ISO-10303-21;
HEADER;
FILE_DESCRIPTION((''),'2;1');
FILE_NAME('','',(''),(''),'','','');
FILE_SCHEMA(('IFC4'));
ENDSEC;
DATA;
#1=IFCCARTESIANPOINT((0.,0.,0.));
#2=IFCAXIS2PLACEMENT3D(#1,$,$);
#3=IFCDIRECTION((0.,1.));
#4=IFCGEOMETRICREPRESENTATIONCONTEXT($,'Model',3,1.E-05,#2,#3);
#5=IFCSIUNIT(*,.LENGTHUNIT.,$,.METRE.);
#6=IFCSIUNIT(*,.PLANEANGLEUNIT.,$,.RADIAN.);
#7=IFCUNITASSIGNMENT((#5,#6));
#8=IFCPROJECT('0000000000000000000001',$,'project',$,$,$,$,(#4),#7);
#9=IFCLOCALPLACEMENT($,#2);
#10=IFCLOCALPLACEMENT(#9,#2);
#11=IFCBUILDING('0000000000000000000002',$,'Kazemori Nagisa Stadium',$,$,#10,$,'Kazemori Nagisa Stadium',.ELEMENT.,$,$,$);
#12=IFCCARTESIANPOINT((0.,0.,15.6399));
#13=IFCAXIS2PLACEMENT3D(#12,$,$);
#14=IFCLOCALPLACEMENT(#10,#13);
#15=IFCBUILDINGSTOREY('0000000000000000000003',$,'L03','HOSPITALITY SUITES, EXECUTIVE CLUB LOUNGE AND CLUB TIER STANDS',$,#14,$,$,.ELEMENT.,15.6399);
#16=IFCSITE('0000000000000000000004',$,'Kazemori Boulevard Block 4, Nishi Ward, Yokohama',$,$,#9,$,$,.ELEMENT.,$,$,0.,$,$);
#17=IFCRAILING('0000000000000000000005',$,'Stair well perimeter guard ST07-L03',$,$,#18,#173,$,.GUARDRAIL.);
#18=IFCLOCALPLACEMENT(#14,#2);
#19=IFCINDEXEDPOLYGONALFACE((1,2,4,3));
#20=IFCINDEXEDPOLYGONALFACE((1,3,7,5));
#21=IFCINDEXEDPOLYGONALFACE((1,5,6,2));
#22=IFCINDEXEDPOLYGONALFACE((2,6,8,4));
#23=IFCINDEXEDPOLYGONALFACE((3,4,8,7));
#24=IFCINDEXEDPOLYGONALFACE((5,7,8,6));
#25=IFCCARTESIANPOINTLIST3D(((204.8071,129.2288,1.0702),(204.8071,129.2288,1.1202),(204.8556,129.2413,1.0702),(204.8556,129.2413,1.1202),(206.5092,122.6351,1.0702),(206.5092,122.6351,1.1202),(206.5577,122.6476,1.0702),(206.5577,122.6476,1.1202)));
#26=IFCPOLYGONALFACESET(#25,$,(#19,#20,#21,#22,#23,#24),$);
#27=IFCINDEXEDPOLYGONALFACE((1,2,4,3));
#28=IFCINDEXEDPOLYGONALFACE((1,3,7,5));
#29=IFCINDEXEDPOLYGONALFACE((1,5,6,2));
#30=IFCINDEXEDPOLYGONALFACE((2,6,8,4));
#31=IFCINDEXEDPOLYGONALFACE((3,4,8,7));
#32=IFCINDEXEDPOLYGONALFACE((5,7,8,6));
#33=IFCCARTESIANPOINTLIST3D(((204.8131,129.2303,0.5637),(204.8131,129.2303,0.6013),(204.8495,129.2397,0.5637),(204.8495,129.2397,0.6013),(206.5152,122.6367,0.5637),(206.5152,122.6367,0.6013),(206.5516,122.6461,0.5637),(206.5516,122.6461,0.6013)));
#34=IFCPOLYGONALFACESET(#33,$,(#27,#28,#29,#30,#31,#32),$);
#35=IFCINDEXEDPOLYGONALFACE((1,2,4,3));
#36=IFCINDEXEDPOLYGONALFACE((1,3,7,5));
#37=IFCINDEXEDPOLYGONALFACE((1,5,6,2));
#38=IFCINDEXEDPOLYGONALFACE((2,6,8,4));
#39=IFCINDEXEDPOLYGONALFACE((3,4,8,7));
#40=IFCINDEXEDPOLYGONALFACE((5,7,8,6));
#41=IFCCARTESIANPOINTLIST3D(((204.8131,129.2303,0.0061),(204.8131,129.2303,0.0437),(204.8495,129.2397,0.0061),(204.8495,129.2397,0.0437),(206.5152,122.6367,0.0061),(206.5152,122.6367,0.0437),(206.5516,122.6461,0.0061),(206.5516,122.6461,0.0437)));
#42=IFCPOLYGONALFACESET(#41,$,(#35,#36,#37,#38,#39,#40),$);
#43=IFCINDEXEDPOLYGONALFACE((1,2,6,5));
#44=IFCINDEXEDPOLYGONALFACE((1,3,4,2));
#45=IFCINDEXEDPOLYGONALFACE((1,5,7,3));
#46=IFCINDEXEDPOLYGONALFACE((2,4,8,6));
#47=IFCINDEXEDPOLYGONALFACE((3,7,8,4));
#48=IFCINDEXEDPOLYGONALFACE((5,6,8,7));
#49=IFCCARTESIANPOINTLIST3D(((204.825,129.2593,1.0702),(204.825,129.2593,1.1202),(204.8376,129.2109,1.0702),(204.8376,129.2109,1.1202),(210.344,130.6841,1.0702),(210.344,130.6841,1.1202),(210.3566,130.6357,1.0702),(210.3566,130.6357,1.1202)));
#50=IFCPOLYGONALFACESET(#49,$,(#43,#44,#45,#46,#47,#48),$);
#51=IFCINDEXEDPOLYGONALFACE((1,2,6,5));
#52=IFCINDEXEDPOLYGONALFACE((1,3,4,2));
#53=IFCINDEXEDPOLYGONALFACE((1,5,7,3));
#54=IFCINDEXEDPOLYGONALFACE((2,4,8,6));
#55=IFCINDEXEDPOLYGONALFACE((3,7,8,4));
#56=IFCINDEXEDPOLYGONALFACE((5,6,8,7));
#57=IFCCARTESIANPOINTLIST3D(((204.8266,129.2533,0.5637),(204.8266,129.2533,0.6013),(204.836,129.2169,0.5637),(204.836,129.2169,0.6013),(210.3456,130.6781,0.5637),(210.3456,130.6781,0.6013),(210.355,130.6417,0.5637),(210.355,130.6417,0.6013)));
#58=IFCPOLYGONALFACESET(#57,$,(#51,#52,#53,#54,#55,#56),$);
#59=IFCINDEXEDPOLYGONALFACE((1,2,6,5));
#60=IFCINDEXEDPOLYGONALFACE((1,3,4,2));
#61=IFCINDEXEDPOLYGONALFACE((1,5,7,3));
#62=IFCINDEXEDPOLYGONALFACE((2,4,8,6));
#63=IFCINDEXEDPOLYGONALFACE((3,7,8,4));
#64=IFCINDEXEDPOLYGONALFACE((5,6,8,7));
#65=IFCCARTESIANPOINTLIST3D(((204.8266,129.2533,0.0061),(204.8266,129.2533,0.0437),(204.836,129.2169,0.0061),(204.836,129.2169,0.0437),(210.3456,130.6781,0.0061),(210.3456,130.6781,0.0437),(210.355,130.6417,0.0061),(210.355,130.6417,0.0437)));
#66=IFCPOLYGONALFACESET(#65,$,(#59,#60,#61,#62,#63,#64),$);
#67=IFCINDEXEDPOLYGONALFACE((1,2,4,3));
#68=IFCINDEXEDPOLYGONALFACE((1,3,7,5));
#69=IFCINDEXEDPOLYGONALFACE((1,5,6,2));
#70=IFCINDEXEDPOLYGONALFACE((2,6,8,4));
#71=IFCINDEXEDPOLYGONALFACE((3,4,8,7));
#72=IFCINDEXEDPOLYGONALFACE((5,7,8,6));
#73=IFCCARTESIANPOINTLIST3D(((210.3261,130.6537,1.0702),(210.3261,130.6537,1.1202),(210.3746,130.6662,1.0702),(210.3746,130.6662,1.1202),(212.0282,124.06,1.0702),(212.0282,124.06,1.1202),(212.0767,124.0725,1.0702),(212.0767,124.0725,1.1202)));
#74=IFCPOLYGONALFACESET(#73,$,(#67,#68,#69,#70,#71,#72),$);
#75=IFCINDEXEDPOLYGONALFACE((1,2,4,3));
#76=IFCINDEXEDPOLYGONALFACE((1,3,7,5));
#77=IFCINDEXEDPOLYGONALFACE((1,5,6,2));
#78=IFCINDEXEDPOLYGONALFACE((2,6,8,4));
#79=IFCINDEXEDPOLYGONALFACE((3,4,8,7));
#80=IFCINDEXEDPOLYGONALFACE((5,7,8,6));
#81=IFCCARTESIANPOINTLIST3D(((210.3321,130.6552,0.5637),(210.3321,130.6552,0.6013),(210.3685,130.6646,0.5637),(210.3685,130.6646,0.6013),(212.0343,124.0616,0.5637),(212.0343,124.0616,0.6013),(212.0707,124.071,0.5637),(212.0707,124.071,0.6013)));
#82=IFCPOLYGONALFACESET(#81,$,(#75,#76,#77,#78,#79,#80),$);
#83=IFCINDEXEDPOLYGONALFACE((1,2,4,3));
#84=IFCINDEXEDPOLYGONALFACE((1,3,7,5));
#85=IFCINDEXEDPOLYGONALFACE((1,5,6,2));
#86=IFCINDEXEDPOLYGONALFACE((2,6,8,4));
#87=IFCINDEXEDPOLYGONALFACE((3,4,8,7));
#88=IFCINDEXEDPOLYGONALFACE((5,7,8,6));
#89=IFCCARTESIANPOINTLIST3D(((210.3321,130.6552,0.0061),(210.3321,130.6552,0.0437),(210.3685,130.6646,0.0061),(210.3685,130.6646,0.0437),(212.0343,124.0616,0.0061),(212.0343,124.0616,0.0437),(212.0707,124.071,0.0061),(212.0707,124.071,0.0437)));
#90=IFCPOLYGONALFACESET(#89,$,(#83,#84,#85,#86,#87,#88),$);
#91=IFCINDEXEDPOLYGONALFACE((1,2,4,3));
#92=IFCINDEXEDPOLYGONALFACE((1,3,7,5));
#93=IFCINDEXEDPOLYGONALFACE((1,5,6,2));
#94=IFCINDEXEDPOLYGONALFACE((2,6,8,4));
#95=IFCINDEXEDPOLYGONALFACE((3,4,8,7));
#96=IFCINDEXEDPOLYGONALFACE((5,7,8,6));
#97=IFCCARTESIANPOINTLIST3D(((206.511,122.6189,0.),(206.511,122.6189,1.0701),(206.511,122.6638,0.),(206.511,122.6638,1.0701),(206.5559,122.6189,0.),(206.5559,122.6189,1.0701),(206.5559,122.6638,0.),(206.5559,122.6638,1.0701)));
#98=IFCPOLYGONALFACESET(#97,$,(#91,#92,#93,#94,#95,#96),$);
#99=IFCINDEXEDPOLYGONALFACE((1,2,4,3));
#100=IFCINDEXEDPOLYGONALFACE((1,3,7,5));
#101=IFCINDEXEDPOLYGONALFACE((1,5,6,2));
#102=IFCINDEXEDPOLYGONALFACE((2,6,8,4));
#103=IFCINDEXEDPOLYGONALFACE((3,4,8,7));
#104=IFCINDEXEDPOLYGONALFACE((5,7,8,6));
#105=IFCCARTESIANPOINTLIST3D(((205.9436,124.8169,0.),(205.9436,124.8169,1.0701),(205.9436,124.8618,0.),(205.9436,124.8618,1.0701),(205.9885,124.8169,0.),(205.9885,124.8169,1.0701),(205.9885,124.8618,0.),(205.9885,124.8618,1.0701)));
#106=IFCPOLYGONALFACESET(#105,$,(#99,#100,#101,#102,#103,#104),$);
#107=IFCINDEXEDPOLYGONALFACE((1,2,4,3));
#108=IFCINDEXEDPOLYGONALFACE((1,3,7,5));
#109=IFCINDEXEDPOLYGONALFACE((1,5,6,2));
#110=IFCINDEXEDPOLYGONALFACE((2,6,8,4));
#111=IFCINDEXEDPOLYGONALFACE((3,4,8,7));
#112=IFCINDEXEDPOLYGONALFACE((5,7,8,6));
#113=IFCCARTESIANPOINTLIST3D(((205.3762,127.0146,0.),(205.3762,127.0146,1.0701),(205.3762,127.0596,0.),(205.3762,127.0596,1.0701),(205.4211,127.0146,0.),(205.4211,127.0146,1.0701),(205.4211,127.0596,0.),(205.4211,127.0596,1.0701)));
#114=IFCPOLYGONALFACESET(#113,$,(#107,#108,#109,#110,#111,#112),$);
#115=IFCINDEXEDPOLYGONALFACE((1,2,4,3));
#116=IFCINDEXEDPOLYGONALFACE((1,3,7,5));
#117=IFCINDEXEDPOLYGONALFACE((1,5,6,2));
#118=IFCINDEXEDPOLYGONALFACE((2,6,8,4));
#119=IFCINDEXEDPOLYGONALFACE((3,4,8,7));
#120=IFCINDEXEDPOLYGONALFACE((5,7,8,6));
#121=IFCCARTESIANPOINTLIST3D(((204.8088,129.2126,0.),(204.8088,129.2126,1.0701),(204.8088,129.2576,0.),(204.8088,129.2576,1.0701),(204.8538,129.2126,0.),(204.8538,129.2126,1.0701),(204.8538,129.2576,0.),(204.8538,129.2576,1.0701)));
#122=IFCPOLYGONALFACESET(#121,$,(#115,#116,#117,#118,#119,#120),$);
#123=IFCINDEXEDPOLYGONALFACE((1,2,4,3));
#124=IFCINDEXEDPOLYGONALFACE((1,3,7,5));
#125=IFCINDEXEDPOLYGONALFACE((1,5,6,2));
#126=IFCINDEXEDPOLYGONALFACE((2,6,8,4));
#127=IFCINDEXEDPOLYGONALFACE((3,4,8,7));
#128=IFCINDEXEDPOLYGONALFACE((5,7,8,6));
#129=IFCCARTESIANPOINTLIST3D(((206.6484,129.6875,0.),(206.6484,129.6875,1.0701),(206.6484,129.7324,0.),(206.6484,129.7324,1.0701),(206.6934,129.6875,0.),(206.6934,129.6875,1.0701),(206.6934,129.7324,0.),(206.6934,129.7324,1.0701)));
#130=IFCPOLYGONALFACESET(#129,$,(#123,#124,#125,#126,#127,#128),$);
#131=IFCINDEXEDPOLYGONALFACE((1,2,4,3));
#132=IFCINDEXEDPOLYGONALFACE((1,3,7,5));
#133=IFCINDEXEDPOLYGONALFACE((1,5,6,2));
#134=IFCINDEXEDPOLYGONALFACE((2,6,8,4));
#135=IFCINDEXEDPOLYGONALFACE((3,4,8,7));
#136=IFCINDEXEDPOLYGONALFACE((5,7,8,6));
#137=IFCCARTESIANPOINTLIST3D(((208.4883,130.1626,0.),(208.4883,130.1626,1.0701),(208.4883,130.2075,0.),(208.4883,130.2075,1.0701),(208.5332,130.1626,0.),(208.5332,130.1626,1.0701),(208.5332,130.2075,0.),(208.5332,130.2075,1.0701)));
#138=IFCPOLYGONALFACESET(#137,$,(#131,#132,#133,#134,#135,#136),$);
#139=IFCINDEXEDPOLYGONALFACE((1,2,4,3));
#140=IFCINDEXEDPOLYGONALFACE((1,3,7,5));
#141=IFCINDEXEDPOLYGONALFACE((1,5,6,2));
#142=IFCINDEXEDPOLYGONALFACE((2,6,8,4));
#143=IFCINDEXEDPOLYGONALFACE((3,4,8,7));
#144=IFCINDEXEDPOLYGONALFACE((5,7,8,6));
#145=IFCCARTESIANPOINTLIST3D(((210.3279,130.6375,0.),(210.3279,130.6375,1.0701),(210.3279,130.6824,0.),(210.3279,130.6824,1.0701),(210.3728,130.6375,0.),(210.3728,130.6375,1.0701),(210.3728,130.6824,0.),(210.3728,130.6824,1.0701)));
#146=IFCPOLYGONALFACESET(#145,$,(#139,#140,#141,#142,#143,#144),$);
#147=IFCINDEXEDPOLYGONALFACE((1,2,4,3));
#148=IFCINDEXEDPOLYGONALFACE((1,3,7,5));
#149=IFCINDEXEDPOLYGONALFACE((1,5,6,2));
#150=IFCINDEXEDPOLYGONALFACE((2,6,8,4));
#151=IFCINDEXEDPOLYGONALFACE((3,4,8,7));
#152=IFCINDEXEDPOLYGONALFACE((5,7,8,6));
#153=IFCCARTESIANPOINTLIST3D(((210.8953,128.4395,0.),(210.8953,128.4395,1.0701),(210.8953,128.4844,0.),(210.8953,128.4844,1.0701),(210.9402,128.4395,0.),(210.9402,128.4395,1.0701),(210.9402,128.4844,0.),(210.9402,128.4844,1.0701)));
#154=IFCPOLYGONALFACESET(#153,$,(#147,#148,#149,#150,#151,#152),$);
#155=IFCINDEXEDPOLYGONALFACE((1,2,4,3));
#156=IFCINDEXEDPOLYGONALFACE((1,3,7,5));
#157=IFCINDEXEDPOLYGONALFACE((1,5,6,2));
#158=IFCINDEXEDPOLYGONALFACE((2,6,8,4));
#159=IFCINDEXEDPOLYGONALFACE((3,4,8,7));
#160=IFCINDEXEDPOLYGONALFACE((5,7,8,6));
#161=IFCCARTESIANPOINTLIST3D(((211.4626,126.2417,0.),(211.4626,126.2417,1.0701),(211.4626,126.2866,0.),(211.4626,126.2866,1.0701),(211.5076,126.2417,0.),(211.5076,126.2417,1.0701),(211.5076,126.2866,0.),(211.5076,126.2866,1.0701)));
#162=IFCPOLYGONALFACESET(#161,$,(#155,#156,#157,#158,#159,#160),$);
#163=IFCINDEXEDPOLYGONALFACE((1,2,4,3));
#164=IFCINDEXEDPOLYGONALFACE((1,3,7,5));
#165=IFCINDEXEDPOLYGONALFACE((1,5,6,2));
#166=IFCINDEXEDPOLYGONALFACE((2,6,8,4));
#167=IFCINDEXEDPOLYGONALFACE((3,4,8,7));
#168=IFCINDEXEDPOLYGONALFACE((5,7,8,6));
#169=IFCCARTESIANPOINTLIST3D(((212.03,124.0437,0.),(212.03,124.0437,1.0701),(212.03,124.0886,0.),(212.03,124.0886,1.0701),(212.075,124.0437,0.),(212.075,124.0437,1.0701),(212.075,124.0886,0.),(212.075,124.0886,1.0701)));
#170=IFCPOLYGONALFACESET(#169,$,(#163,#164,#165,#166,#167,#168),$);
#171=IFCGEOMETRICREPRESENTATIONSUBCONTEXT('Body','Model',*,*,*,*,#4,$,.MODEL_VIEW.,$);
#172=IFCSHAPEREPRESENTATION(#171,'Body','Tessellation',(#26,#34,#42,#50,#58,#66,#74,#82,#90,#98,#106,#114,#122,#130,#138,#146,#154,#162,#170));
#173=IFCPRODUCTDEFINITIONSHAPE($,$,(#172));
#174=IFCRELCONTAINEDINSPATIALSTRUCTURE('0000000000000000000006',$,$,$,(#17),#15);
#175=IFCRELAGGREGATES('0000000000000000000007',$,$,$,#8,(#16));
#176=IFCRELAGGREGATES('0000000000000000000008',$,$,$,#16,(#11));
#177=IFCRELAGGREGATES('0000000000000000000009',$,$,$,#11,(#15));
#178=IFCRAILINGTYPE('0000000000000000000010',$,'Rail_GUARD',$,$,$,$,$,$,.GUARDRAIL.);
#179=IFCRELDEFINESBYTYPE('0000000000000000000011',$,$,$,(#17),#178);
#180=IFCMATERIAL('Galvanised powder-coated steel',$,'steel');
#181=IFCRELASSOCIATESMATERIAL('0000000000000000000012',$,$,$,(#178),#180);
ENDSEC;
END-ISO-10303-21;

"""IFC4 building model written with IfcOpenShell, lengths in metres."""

from ifc_helpers import new_model, si_unit, direction, frame, origin, origin_2d, place, context, subcontext, project, spatial, rectangle, extrude, material, type_object, element, save


model = new_model("IFC4")

# Units and contexts
model_context = context("Model", 3, precision=1e-05, world=origin(), true_north=direction((0.0, 1.0)))
body_context = subcontext(model_context, "Body", "Model", "MODEL_VIEW")
ifc_project = project(units=[si_unit("LENGTHUNIT", "METRE"), si_unit("PLANEANGLEUNIT", "RADIAN")], contexts=[model_context])

# Site, building, storey
site_placement = place(None, origin())
site = spatial("IfcSite", under=ifc_project, at=site_placement, Name="Kazemori Boulevard Block 4, Nishi Ward, Yokohama", CompositionType="ELEMENT", RefElevation=0.0)
building_placement = place(site_placement, origin())
building = spatial("IfcBuilding", under=site, at=building_placement, Name="Kazemori Nagisa Stadium", LongName="Kazemori Nagisa Stadium", CompositionType="ELEMENT")
storey_placement = place(building_placement, frame((0.0, 0.0, 15.6399)))
storey = spatial("IfcBuildingStorey", under=building, at=storey_placement, Name="L03", Description="HOSPITALITY SUITES, EXECUTIVE CLUB LOUNGE AND CLUB TIER STANDS", CompositionType="ELEMENT", Elevation=15.6399)

# Railing
ifc_material_1 = material(Name="Galvanised powder-coated steel", Category="steel")
railing_type_1 = type_object("IfcRailingType", Name="Rail_GUARD", PredefinedType="GUARDRAIL", material=ifc_material_1)
railing_1_placement = place(storey_placement, frame((206.5334, 122.6414, 0.0)))
element("IfcRailing", 1, at=railing_1_placement, inside=storey, type_object=railing_type_1, Name="Stair well perimeter guard ST07-L03", PredefinedType="GUARDRAIL", context=body_context, shape_type="SweptSolid", body=[
    extrude(rectangle(XDim=0.05, YDim=0.05, at=origin_2d()), frame((0.0, 0.0, 1.0952), z_axis=(-0.249952, 0.968258, 0.0), x_axis=(-0.968258, -0.249952, 0.0)), (0.0, 0.0, 1.0), 6.8098),
    extrude(rectangle(XDim=0.0376, YDim=0.0376, at=origin_2d()), frame((0.0, 0.0, 0.5825), z_axis=(-0.249952, 0.968258, 0.0), x_axis=(-0.968258, -0.249952, 0.0)), (0.0, 0.0, 1.0), 6.8098),
    extrude(rectangle(XDim=0.0376, YDim=0.0376, at=origin_2d()), frame((0.0, 0.0, 0.0249), z_axis=(-0.249952, 0.968258, 0.0), x_axis=(-0.968258, -0.249952, 0.0)), (0.0, 0.0, 1.0), 6.8098),
    extrude(rectangle(XDim=0.05, YDim=0.05, at=origin_2d()), frame((-1.7021, 6.5938, 1.0952), z_axis=(0.968255, 0.249966, 0.0), x_axis=(-0.249966, 0.968255, 0.0)), (0.0, 0.0, 1.0), 5.7),
    extrude(rectangle(XDim=0.0376, YDim=0.0376, at=origin_2d()), frame((-1.7021, 6.5938, 0.5825), z_axis=(0.968255, 0.249966, 0.0), x_axis=(-0.249966, 0.968255, 0.0)), (0.0, 0.0, 1.0), 5.7),
    extrude(rectangle(XDim=0.0376, YDim=0.0376, at=origin_2d()), frame((-1.7021, 6.5938, 0.0249), z_axis=(0.968255, 0.249966, 0.0), x_axis=(-0.249966, 0.968255, 0.0)), (0.0, 0.0, 1.0), 5.7),
    extrude(rectangle(XDim=0.05, YDim=0.05, at=origin_2d()), frame((3.8169, 8.0186, 1.0952), z_axis=(0.249952, -0.968258, 0.0), x_axis=(0.968258, 0.249952, 0.0)), (0.0, 0.0, 1.0), 6.8098),
    extrude(rectangle(XDim=0.0376, YDim=0.0376, at=origin_2d()), frame((3.8169, 8.0186, 0.5825), z_axis=(0.249952, -0.968258, 0.0), x_axis=(0.968258, 0.249952, 0.0)), (0.0, 0.0, 1.0), 6.8098),
    extrude(rectangle(XDim=0.0376, YDim=0.0376, at=origin_2d()), frame((3.8169, 8.0186, 0.0249), z_axis=(0.249952, -0.968258, 0.0), x_axis=(0.968258, 0.249952, 0.0)), (0.0, 0.0, 1.0), 6.8098),
    extrude(rectangle(XDim=0.0449, YDim=0.0449, at=origin_2d()), origin(), (0.0, 0.0, 1.0), 1.0701),
    extrude(rectangle(XDim=0.0449, YDim=0.0449, at=origin_2d()), frame((-0.5674, 2.198, 0.0)), (0.0, 0.0, 1.0), 1.0701),
    extrude(rectangle(XDim=0.0449, YDim=0.0449, at=origin_2d()), frame((-1.1348, 4.3958, 0.0)), (0.0, 0.0, 1.0), 1.0701),
    extrude(rectangle(XDim=0.0449, YDim=0.0449, at=origin_2d()), frame((-1.7021, 6.5938, 0.0)), (0.0, 0.0, 1.0), 1.0701),
    extrude(rectangle(XDim=0.0449, YDim=0.0449, at=origin_2d()), frame((0.1375, 7.0686, 0.0)), (0.0, 0.0, 1.0), 1.0701),
    extrude(rectangle(XDim=0.0449, YDim=0.0449, at=origin_2d()), frame((1.9773, 7.5437, 0.0)), (0.0, 0.0, 1.0), 1.0701),
    extrude(rectangle(XDim=0.0449, YDim=0.0449, at=origin_2d()), frame((3.8169, 8.0186, 0.0)), (0.0, 0.0, 1.0), 1.0701),
    extrude(rectangle(XDim=0.0449, YDim=0.0449, at=origin_2d()), frame((4.3843, 5.8206, 0.0)), (0.0, 0.0, 1.0), 1.0701),
    extrude(rectangle(XDim=0.0449, YDim=0.0449, at=origin_2d()), frame((4.9517, 3.6228, 0.0)), (0.0, 0.0, 1.0), 1.0701),
    extrude(rectangle(XDim=0.0449, YDim=0.0449, at=origin_2d()), frame((5.519, 1.4248, 0.0)), (0.0, 0.0, 1.0), 1.0701),
])

save(model, "model.ifc")
